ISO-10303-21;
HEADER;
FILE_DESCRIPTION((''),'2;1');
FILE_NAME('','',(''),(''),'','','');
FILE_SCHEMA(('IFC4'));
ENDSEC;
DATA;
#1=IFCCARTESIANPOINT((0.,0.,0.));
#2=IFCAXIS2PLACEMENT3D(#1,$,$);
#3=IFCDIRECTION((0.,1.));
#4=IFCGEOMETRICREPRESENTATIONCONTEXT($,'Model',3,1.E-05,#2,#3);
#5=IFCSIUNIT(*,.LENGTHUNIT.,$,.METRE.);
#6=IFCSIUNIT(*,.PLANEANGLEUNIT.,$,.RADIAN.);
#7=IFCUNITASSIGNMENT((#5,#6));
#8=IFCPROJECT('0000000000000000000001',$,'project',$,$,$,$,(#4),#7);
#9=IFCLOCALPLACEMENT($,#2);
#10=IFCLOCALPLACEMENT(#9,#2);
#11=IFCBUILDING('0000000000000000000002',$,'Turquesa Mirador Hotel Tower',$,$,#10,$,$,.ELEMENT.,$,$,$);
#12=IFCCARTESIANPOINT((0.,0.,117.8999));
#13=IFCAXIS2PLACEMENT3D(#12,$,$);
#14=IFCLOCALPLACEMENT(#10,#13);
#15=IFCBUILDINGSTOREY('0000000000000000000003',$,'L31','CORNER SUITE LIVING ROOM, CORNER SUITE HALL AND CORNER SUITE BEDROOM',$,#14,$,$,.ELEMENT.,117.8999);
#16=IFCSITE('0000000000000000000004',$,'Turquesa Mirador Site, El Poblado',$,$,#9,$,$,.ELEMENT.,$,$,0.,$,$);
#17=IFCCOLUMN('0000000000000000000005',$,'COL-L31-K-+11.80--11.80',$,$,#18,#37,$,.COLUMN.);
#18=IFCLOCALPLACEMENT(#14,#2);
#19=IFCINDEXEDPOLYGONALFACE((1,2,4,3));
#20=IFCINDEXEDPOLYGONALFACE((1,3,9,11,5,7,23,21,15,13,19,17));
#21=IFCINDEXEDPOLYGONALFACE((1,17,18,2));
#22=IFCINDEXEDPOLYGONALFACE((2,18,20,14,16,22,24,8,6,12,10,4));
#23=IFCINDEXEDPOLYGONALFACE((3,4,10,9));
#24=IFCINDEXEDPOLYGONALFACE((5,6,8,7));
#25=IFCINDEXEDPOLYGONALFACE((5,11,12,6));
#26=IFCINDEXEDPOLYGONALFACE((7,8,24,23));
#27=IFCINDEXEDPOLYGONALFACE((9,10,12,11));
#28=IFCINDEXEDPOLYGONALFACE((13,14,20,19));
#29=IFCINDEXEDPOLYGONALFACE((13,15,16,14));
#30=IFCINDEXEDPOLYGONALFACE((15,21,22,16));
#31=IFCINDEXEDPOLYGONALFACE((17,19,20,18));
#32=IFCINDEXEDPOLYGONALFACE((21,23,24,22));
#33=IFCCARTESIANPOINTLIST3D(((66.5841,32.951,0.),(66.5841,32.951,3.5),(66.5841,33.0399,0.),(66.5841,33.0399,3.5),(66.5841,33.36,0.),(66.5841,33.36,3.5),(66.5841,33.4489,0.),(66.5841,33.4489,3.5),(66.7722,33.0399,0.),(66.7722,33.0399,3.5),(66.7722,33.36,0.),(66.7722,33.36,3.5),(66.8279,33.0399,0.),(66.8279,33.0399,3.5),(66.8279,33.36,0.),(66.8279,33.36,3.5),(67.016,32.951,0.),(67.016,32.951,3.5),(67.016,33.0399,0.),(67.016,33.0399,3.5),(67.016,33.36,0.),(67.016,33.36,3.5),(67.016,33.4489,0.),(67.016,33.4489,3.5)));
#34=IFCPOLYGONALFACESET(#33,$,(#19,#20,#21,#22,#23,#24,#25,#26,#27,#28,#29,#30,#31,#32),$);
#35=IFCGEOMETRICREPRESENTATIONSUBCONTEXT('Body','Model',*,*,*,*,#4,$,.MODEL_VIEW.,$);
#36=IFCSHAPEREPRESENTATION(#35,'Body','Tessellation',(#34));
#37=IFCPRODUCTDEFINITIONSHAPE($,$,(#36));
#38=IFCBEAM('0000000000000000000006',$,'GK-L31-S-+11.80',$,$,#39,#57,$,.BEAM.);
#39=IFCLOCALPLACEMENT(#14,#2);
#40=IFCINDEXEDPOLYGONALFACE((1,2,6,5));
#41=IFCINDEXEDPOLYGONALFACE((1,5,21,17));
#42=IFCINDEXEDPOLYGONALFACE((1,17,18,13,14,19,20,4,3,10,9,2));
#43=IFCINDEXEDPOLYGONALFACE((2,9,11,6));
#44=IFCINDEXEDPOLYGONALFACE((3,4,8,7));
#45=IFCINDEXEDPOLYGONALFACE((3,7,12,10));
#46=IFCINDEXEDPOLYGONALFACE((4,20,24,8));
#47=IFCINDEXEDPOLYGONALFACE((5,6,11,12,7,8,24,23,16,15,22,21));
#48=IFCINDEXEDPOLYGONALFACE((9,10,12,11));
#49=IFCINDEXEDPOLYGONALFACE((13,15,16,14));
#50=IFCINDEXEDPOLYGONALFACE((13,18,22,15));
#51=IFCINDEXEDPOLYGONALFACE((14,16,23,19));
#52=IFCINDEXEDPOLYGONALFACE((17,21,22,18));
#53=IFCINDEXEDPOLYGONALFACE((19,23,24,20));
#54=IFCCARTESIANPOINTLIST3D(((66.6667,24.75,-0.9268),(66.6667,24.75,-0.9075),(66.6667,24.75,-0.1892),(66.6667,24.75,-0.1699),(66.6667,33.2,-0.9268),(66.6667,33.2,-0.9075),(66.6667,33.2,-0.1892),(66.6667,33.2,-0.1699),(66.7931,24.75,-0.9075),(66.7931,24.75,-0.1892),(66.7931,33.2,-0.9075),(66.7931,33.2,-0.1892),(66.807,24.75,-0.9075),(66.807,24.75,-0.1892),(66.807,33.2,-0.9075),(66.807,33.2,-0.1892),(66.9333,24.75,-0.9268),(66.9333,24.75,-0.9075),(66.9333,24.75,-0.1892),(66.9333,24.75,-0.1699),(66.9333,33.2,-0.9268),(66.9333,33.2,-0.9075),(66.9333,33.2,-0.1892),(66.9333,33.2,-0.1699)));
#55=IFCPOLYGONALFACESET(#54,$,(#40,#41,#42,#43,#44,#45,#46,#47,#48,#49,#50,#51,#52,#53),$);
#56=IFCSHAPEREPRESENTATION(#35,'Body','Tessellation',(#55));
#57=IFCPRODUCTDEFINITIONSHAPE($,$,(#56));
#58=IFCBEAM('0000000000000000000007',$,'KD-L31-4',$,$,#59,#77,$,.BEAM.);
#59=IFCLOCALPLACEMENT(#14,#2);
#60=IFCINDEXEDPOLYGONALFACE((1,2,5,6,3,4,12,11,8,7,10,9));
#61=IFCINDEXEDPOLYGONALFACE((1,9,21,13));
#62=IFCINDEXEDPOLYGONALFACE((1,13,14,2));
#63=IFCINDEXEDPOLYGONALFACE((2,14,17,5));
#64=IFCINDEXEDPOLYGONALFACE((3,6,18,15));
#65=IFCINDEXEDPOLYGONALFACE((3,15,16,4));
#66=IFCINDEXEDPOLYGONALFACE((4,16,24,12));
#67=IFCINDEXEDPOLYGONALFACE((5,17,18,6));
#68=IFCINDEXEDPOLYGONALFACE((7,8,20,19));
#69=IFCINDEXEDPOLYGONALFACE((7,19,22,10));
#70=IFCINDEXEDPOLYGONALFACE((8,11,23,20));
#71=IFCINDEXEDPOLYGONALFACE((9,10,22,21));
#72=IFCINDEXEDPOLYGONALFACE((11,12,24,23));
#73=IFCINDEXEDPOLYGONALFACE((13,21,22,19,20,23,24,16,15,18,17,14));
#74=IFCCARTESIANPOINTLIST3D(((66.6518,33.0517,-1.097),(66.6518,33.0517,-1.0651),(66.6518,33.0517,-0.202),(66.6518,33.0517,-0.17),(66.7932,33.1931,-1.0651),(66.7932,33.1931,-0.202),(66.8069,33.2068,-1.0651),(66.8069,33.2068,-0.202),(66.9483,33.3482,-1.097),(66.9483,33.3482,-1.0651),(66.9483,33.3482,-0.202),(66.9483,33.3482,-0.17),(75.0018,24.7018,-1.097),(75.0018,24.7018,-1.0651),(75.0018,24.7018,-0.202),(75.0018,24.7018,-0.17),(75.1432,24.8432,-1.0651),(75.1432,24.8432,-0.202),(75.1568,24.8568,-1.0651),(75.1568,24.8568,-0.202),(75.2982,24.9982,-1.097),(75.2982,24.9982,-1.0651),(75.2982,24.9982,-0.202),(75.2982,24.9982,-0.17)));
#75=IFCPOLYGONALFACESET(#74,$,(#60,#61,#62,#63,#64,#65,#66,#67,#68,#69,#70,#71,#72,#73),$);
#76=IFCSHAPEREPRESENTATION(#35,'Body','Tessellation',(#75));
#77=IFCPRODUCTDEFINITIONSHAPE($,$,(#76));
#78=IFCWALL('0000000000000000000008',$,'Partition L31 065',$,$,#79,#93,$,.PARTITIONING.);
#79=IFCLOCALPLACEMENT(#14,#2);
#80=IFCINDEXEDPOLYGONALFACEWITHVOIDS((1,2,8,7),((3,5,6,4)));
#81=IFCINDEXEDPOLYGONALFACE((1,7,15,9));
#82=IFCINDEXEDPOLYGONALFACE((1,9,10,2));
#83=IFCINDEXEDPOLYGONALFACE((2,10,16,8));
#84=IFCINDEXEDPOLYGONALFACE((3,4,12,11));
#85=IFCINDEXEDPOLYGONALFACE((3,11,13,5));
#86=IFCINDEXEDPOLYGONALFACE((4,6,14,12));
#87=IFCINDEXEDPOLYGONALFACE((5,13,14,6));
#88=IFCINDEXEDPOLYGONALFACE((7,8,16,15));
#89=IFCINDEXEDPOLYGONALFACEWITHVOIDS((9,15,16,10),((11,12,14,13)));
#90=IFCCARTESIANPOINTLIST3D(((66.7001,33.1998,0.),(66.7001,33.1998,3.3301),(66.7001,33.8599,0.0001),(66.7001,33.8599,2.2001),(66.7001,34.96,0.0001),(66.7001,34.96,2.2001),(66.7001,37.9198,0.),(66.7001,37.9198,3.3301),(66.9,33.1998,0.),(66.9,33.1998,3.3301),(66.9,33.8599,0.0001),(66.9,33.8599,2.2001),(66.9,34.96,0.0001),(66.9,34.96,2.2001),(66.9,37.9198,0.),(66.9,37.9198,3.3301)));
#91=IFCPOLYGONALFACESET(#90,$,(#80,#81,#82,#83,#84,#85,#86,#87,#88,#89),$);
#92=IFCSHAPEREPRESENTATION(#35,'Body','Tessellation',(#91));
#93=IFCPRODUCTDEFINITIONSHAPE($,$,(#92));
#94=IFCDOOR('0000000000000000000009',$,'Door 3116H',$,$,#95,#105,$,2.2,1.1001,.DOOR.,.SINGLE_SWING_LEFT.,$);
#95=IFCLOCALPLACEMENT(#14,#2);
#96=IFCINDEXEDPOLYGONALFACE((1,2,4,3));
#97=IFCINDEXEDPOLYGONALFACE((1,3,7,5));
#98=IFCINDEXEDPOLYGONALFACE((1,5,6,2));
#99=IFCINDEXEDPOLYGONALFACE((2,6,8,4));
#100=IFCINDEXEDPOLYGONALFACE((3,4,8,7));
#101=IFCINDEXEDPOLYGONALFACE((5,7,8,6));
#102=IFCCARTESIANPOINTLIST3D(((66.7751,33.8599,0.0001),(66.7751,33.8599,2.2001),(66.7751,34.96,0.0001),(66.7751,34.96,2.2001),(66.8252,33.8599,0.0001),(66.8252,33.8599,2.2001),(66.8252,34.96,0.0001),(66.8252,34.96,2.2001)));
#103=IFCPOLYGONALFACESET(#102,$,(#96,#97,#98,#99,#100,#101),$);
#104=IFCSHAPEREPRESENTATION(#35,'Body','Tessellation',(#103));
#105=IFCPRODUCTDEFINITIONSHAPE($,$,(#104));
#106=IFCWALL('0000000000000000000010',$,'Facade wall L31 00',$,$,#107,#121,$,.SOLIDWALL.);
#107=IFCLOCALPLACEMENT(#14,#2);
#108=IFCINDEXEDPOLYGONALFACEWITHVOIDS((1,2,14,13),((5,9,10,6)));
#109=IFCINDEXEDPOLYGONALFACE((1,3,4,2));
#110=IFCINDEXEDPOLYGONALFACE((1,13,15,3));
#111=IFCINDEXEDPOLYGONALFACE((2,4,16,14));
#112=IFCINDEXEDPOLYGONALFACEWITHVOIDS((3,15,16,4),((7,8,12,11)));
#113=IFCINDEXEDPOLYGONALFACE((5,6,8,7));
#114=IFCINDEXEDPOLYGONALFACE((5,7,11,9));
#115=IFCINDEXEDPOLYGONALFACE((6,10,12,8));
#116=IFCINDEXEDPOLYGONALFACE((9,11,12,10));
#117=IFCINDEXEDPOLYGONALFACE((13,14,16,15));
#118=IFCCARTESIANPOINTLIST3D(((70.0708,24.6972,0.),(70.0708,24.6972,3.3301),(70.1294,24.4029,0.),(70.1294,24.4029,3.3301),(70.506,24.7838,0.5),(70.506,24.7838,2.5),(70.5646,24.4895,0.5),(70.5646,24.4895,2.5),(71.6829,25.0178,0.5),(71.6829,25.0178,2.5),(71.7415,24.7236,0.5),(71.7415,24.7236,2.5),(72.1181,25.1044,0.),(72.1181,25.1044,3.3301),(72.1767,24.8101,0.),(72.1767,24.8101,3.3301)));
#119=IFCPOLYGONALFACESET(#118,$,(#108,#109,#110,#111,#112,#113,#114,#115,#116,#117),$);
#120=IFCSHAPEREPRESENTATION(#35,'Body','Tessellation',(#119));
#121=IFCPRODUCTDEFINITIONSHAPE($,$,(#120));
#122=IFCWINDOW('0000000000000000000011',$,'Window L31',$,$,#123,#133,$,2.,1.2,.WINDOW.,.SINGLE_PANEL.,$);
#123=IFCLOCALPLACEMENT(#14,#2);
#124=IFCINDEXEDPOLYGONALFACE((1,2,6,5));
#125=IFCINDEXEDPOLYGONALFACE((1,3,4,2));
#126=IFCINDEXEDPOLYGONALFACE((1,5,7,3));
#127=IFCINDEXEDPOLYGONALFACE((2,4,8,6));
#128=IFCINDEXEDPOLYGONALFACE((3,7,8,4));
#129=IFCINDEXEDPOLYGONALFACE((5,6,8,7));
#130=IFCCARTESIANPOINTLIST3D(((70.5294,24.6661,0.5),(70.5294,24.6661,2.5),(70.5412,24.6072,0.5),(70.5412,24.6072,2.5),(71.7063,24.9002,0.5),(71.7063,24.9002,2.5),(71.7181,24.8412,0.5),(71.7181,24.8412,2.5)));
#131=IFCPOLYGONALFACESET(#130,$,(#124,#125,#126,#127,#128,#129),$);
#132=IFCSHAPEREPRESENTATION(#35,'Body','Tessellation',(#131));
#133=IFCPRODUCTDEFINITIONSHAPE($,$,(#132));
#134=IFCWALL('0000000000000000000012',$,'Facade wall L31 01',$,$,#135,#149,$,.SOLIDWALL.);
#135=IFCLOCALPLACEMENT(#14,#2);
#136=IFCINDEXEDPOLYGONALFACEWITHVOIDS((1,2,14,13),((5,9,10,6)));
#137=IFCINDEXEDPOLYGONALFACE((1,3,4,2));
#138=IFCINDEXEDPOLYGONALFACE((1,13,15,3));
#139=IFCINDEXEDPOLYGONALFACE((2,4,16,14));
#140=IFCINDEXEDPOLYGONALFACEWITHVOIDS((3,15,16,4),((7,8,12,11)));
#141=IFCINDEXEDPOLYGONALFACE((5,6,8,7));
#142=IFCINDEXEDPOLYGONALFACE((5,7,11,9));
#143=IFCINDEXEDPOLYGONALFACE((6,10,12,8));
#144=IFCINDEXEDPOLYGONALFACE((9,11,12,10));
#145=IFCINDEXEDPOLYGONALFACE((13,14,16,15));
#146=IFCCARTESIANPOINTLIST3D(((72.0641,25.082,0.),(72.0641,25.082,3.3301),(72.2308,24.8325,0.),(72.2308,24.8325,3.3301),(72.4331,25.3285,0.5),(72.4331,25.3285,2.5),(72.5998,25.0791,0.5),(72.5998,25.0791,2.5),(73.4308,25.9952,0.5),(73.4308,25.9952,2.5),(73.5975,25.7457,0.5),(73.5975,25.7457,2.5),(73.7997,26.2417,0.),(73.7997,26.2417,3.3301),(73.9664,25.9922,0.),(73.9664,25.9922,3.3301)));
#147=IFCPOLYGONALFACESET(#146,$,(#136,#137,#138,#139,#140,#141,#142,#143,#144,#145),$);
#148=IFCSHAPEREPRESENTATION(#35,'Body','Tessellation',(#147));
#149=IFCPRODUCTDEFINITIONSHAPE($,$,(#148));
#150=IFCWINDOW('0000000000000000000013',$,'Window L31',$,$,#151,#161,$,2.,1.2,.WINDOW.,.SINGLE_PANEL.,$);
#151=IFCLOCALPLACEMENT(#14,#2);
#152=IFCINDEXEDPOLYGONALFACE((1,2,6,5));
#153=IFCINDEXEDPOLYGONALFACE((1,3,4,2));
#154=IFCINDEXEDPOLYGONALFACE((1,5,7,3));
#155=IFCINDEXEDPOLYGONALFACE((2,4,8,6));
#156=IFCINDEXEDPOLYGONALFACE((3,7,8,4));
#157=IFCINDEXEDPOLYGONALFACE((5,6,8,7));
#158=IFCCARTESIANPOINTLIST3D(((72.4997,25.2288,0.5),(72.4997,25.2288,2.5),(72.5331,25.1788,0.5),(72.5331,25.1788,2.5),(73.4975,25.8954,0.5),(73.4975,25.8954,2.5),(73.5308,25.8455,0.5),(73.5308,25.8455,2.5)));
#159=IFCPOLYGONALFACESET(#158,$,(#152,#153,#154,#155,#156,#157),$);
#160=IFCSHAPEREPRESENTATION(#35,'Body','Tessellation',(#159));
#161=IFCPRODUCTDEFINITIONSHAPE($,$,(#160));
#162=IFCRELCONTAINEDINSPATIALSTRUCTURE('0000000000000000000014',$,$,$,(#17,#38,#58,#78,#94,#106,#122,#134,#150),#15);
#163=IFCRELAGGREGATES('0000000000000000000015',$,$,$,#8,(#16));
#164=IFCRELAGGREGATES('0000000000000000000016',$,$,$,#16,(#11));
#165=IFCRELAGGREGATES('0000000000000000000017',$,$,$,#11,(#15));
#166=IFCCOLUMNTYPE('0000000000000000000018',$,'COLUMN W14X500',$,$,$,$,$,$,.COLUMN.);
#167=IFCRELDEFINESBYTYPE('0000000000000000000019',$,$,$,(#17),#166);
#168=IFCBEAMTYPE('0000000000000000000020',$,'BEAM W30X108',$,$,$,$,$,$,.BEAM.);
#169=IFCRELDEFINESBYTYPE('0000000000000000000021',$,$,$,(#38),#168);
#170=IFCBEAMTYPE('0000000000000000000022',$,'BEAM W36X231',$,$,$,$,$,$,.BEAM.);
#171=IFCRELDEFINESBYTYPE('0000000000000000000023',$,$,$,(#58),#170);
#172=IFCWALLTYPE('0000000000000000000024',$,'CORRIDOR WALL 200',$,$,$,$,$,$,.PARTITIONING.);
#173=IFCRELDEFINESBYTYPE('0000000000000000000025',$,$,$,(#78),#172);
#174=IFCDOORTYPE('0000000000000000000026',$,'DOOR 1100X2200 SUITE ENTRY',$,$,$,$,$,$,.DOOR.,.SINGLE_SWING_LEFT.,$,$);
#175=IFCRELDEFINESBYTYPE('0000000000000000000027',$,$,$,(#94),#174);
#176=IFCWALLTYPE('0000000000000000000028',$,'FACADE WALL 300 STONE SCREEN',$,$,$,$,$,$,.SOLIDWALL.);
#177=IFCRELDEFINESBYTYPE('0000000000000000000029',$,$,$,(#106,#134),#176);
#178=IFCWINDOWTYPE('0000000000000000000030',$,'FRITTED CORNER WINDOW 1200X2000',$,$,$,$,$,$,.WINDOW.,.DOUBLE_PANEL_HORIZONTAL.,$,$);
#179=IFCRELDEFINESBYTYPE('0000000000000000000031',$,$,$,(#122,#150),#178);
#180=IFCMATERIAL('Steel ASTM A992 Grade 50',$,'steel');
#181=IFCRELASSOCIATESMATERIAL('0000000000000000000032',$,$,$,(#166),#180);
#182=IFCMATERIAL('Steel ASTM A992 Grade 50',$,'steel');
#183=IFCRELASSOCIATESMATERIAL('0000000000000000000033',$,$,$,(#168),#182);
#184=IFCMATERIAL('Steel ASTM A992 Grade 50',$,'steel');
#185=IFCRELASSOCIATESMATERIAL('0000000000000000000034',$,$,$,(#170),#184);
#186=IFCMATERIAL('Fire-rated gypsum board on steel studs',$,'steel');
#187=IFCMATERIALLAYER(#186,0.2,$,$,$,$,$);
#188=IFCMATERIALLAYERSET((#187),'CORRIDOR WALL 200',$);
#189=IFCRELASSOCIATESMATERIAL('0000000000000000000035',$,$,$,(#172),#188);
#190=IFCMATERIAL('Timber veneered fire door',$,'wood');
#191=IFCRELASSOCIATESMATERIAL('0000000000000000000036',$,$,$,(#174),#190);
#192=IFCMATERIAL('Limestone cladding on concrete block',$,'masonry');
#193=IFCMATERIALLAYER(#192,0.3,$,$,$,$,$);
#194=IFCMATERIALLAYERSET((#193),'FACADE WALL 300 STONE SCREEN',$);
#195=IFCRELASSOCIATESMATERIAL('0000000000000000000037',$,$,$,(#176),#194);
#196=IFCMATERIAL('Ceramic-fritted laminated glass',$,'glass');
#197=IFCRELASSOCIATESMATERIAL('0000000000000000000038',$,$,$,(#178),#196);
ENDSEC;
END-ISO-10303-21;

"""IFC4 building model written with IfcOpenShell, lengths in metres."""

from ifc_helpers import new_model, si_unit, direction, frame, frame_2d, origin, origin_2d, place, context, subcontext, project, spatial, rectangle, i_section, extrude, material, layer, layer_set, material_profile, profile_set, type_object, element, fill, save


model = new_model("IFC4")

# Units and contexts
model_context = context("Model", 3, precision=1e-05, world=origin(), true_north=direction((0.0, 1.0)))
body_context = subcontext(model_context, "Body", "Model", "MODEL_VIEW")
ifc_project = project(units=[si_unit("LENGTHUNIT", "METRE"), si_unit("PLANEANGLEUNIT", "RADIAN")], contexts=[model_context])

# Site, building, storey
site_placement = place(None, origin())
site = spatial("IfcSite", under=ifc_project, at=site_placement, Name="Turquesa Mirador Site, El Poblado", CompositionType="ELEMENT", RefElevation=0.0)
building_placement = place(site_placement, origin())
building = spatial("IfcBuilding", under=site, at=building_placement, Name="Turquesa Mirador Hotel Tower", CompositionType="ELEMENT")
storey_placement = place(building_placement, frame((0.0, 0.0, 117.8999)))
storey = spatial("IfcBuildingStorey", under=building, at=storey_placement, Name="L31", Description="CORNER SUITE LIVING ROOM, CORNER SUITE HALL AND CORNER SUITE BEDROOM", CompositionType="ELEMENT", Elevation=117.8999)

# Column
ifc_material_1 = material(Name="Steel ASTM A992 Grade 50", Category="steel")
ifc_material_profile_1 = material_profile(ifc_material_1, i_section(OverallWidth=0.4319, OverallDepth=0.4978, WebThickness=0.0557, FlangeThickness=0.0889, at=origin_2d()), Name="W14X500")
ifc_profile_set_1 = profile_set([ifc_material_profile_1], Name="Steel ASTM A992 Grade 50")
column_type = type_object("IfcColumnType", Name="COLUMN W14X500", PredefinedType="COLUMN", material=ifc_profile_set_1)
column_placement = place(storey_placement, frame((66.8, 33.2, 0.0), z_axis=(0.0, 0.0, 1.0), x_axis=(1.0, 0.0, 0.0)))
element("IfcColumn", 1, at=column_placement, inside=storey, type_object=column_type, Name="COL-L31-K-+11.80--11.80", PredefinedType="COLUMN", context=body_context, shape_type="SweptSolid", body=[
    extrude(i_section(OverallWidth=0.4319, OverallDepth=0.4978, WebThickness=0.0557, FlangeThickness=0.0889, at=origin_2d()), origin(), (0.0, 0.0, 1.0), 3.5),
])

# Beams
ifc_material_2 = material(Name="Steel ASTM A992 Grade 50", Category="steel")
ifc_material_profile_2 = material_profile(ifc_material_2, i_section(OverallWidth=0.2666, OverallDepth=0.7568, WebThickness=0.0139, FlangeThickness=0.0193, at=origin_2d()), Name="W30X108")
ifc_profile_set_2 = profile_set([ifc_material_profile_2], Name="Steel ASTM A992 Grade 50")
beam_type_1 = type_object("IfcBeamType", Name="BEAM W30X108", PredefinedType="BEAM", material=ifc_profile_set_2)
beam_1_placement = place(storey_placement, frame((66.8, 24.75, -0.5483), z_axis=(0.0, 1.0, 0.0), x_axis=(-1.0, 0.0, 0.0)))
element("IfcBeam", 2, at=beam_1_placement, inside=storey, type_object=beam_type_1, Name="GK-L31-S-+11.80", PredefinedType="BEAM", context=body_context, shape_type="SweptSolid", body=[
    extrude(i_section(OverallWidth=0.2666, OverallDepth=0.7568, WebThickness=0.0139, FlangeThickness=0.0193, at=origin_2d()), origin(), (0.0, 0.0, 1.0), 8.45),
])
ifc_material_3 = material(Name="Steel ASTM A992 Grade 50", Category="steel")
ifc_material_profile_3 = material_profile(ifc_material_3, i_section(OverallWidth=0.4192, OverallDepth=0.927, WebThickness=0.0193, FlangeThickness=0.032, at=origin_2d()), Name="W36X231")
ifc_profile_set_3 = profile_set([ifc_material_profile_3], Name="Steel ASTM A992 Grade 50")
beam_type_2 = type_object("IfcBeamType", Name="BEAM W36X231", PredefinedType="BEAM", material=ifc_profile_set_3)
beam_2_placement = place(storey_placement, frame((66.8, 33.2, -0.6335), z_axis=(0.707107, -0.707107, 0.0), x_axis=(0.707107, 0.707107, 0.0)))
element("IfcBeam", 3, at=beam_2_placement, inside=storey, type_object=beam_type_2, Name="KD-L31-4", PredefinedType="BEAM", context=body_context, shape_type="SweptSolid", body=[
    extrude(i_section(OverallWidth=0.4192, OverallDepth=0.927, WebThickness=0.0193, FlangeThickness=0.032, at=origin_2d()), origin(), (0.0, 0.0, 1.0), 11.8086),
])

# Wall, opening, door
ifc_material_4 = material(Name="Fire-rated gypsum board on steel studs", Category="steel")
ifc_layer_1 = layer(ifc_material_4, 0.2)
ifc_layer_set_1 = layer_set([ifc_layer_1], Name="CORRIDOR WALL 200")
wall_type_1 = type_object("IfcWallType", Name="CORRIDOR WALL 200", PredefinedType="PARTITIONING", material=ifc_layer_set_1)
wall_1_placement = place(storey_placement, frame((66.8, 33.2, 0.0), z_axis=(0.0, 0.0, 1.0), x_axis=(0.0, 1.0, 0.0)))
wall_1 = element("IfcWall", 4, at=wall_1_placement, inside=storey, type_object=wall_type_1, Name="Partition L31 065", PredefinedType="PARTITIONING", context=body_context, shape_type="SweptSolid", body=[
    extrude(rectangle(XDim=4.72, YDim=0.2, at=frame_2d((2.3599, 0.0))), origin(), (0.0, 0.0, 1.0), 3.3301),
])
opening_1_placement = place(wall_1_placement, frame((0.6599, 0.0, 0.0)))
opening_1 = element("IfcOpeningElement", 5, at=opening_1_placement, cuts=wall_1, PredefinedType="OPENING", context=body_context, shape_type="SweptSolid", body=[
    extrude(rectangle(XDim=1.1001, YDim=2.2, at=frame_2d((0.55, 1.1001))), frame((0.0, 0.1099, 0.0), z_axis=(0.0, -1.0, 0.0), x_axis=(1.0, 0.0, 0.0)), (0.0, 0.0, 1.0), 0.22),
])
ifc_material_5 = material(Name="Timber veneered fire door", Category="wood")
door_type_1 = type_object("IfcDoorType", Name="DOOR 1100X2200 SUITE ENTRY", OperationType="SINGLE_SWING_LEFT", PredefinedType="DOOR", material=ifc_material_5)
door_1_placement = place(opening_1_placement, origin())
door_1 = element("IfcDoor", 6, at=door_1_placement, inside=storey, type_object=door_type_1, Name="Door 3116H", OperationType="SINGLE_SWING_LEFT", OverallHeight=2.2, OverallWidth=1.1001, PredefinedType="DOOR", context=body_context, shape_type="SweptSolid", body=[
    extrude(rectangle(XDim=1.1001, YDim=2.2, at=frame_2d((0.55, 1.1001))), frame((0.0, 0.0249, 0.0), z_axis=(0.0, -1.0, 0.0), x_axis=(1.0, 0.0, 0.0)), (0.0, 0.0, 1.0), 0.05),
])
fill(opening_1, door_1)

# Walls, openings, windows
ifc_material_6 = material(Name="Limestone cladding on concrete block", Category="masonry")
ifc_layer_2 = layer(ifc_material_6, 0.3)
ifc_layer_set_2 = layer_set([ifc_layer_2], Name="FACADE WALL 300 STONE SCREEN")
wall_type_2 = type_object("IfcWallType", Name="FACADE WALL 300 STONE SCREEN", PredefinedType="SOLIDWALL", material=ifc_layer_set_2)
wall_2_placement = place(storey_placement, frame((70.1001, 24.55, 0.0), z_axis=(0.0, 0.0, 1.0), x_axis=(0.980787, 0.195081, 0.0)))
wall_2 = element("IfcWall", 7, at=wall_2_placement, inside=storey, type_object=wall_type_2, Name="Facade wall L31 00", PredefinedType="SOLIDWALL", context=body_context, shape_type="SweptSolid", body=[
    extrude(rectangle(XDim=2.0874, YDim=0.3, at=frame_2d((1.0437, 0.0))), origin(), (0.0, 0.0, 1.0), 3.3301),
])
opening_2_placement = place(wall_2_placement, frame((0.4436, 0.0, 0.5)))
opening_2 = element("IfcOpeningElement", 8, at=opening_2_placement, cuts=wall_2, PredefinedType="OPENING", context=body_context, shape_type="SweptSolid", body=[
    extrude(rectangle(XDim=1.2, YDim=2.0, at=frame_2d((0.6001, 1.0))), frame((0.0, 0.1599, 0.0), z_axis=(0.0, -1.0, 0.0), x_axis=(1.0, 0.0, 0.0)), (0.0, 0.0, 1.0), 0.3201),
])
ifc_material_7 = material(Name="Ceramic-fritted laminated glass", Category="glass")
window_type = type_object("IfcWindowType", Name="FRITTED CORNER WINDOW 1200X2000", PartitioningType="DOUBLE_PANEL_HORIZONTAL", PredefinedType="WINDOW", material=ifc_material_7)
window_1_placement = place(opening_2_placement, origin())
window_1 = element("IfcWindow", 9, at=window_1_placement, inside=storey, type_object=window_type, Name="Window L31", OverallHeight=2.0, OverallWidth=1.2, PartitioningType="SINGLE_PANEL", PredefinedType="WINDOW", context=body_context, shape_type="SweptSolid", body=[
    extrude(rectangle(XDim=1.2, YDim=2.0, at=frame_2d((0.6001, 1.0))), frame((0.0, 0.03, 0.0), z_axis=(0.0, -1.0, 0.0), x_axis=(1.0, 0.0, 0.0)), (0.0, 0.0, 1.0), 0.0601),
])
fill(opening_2, window_1)
wall_3_placement = place(storey_placement, frame((72.1475, 24.9573, 0.0), z_axis=(0.0, 0.0, 1.0), x_axis=(0.831474, 0.555564, 0.0)))
wall_3 = element("IfcWall", 10, at=wall_3_placement, inside=storey, type_object=wall_type_2, Name="Facade wall L31 01", PredefinedType="SOLIDWALL", context=body_context, shape_type="SweptSolid", body=[
    extrude(rectangle(XDim=2.0874, YDim=0.3, at=frame_2d((1.0437, 0.0))), origin(), (0.0, 0.0, 1.0), 3.3301),
])
opening_3_placement = place(wall_3_placement, frame((0.4436, 0.0, 0.5)))
opening_3 = element("IfcOpeningElement", 11, at=opening_3_placement, cuts=wall_3, PredefinedType="OPENING", context=body_context, shape_type="SweptSolid", body=[
    extrude(rectangle(XDim=1.2, YDim=2.0, at=frame_2d((0.6001, 1.0))), frame((0.0, 0.1599, 0.0), z_axis=(0.0, -1.0, 0.0), x_axis=(1.0, 0.0, 0.0)), (0.0, 0.0, 1.0), 0.3201),
])
window_2_placement = place(opening_3_placement, origin())
window_2 = element("IfcWindow", 12, at=window_2_placement, inside=storey, type_object=window_type, Name="Window L31", OverallHeight=2.0, OverallWidth=1.2, PartitioningType="SINGLE_PANEL", PredefinedType="WINDOW", context=body_context, shape_type="SweptSolid", body=[
    extrude(rectangle(XDim=1.2, YDim=2.0, at=frame_2d((0.6001, 1.0))), frame((0.0, 0.03, 0.0), z_axis=(0.0, -1.0, 0.0), x_axis=(1.0, 0.0, 0.0)), (0.0, 0.0, 1.0), 0.0601),
])
fill(opening_3, window_2)

save(model, "model.ifc")
